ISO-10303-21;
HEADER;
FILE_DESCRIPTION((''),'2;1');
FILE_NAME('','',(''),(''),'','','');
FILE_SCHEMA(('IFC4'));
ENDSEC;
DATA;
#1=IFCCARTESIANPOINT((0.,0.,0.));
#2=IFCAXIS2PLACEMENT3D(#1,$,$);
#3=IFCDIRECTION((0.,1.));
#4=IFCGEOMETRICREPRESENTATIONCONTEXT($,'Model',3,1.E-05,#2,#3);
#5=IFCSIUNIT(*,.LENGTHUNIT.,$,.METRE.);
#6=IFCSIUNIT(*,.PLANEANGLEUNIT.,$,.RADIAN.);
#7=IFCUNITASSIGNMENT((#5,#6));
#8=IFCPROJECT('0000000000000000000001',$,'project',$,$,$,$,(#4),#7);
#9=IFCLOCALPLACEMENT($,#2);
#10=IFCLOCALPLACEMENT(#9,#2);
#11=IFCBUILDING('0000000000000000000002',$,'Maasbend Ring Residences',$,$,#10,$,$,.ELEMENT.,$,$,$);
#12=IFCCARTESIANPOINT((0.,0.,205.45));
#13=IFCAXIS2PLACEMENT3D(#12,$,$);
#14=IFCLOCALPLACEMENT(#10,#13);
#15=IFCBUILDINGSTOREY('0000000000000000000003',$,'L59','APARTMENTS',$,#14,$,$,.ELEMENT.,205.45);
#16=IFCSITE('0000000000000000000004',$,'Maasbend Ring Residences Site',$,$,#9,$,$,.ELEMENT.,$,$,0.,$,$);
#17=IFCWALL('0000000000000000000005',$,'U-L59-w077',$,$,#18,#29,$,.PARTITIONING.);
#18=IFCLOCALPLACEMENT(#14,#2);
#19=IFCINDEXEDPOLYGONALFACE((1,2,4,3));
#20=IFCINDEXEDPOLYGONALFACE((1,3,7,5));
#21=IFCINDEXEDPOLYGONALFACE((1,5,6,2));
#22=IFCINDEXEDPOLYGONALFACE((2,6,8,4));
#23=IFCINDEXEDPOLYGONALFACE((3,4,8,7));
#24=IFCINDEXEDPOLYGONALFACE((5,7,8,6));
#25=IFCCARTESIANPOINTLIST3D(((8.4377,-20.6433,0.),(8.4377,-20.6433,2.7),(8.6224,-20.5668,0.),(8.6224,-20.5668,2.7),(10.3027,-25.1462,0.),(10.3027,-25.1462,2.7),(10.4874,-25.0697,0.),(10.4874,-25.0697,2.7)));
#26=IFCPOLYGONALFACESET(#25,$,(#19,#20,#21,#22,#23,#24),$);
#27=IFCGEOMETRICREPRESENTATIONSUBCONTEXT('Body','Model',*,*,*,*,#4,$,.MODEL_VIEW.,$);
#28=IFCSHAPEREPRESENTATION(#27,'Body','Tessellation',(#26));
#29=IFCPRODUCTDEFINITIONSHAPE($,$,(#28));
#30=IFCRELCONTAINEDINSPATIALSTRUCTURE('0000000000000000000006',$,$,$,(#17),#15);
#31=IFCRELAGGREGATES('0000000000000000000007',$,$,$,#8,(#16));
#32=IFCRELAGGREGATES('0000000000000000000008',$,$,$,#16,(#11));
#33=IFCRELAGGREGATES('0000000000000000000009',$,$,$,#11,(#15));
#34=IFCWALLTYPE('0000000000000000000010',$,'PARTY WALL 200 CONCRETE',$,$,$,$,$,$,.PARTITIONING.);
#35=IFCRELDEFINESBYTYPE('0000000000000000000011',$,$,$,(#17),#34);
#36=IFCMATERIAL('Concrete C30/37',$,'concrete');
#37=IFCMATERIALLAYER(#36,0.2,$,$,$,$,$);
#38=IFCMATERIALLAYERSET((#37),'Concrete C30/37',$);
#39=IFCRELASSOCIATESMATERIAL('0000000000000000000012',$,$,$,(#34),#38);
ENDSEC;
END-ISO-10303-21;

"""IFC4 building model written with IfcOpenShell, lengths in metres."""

from ifc_helpers import new_model, si_unit, direction, frame, frame_2d, origin, place, context, subcontext, project, spatial, rectangle, extrude, material, layer, layer_set, type_object, element, save


model = new_model("IFC4")

# Units and contexts
model_context = context("Model", 3, precision=1e-05, world=origin(), true_north=direction((0.0, 1.0)))
body_context = subcontext(model_context, "Body", "Model", "MODEL_VIEW")
ifc_project = project(units=[si_unit("LENGTHUNIT", "METRE"), si_unit("PLANEANGLEUNIT", "RADIAN")], contexts=[model_context])

# Site, building, storey
site_placement = place(None, origin())
site = spatial("IfcSite", under=ifc_project, at=site_placement, Name="Maasbend Ring Residences Site", CompositionType="ELEMENT", RefElevation=0.0)
building_placement = place(site_placement, origin())
building = spatial("IfcBuilding", under=site, at=building_placement, Name="Maasbend Ring Residences", CompositionType="ELEMENT")
storey_placement = place(building_placement, frame((0.0, 0.0, 205.45)))
storey = spatial("IfcBuildingStorey", under=building, at=storey_placement, Name="L59", Description="APARTMENTS", CompositionType="ELEMENT", Elevation=205.45)

# Wall
ifc_material_1 = material(Name="Concrete C30/37", Category="concrete")
ifc_layer_1 = layer(ifc_material_1, 0.2)
ifc_layer_set_1 = layer_set([ifc_layer_1], Name="Concrete C30/37")
wall_type_1 = type_object("IfcWallType", Name="PARTY WALL 200 CONCRETE", PredefinedType="PARTITIONING", material=ifc_layer_set_1)
wall_1_placement = place(storey_placement, frame((8.53, -20.605, 0.0), z_axis=(0.0, 0.0, 1.0), x_axis=(0.382651, -0.923893, 0.0)))
element("IfcWall", 1, at=wall_1_placement, inside=storey, type_object=wall_type_1, Name="U-L59-w077", PredefinedType="PARTITIONING", context=body_context, shape_type="SweptSolid", body=[
    extrude(rectangle(XDim=4.8738, YDim=0.2, at=frame_2d((2.437, 0.0))), origin(), (0.0, 0.0, 1.0), 2.7),
])

save(model, "model.ifc")
